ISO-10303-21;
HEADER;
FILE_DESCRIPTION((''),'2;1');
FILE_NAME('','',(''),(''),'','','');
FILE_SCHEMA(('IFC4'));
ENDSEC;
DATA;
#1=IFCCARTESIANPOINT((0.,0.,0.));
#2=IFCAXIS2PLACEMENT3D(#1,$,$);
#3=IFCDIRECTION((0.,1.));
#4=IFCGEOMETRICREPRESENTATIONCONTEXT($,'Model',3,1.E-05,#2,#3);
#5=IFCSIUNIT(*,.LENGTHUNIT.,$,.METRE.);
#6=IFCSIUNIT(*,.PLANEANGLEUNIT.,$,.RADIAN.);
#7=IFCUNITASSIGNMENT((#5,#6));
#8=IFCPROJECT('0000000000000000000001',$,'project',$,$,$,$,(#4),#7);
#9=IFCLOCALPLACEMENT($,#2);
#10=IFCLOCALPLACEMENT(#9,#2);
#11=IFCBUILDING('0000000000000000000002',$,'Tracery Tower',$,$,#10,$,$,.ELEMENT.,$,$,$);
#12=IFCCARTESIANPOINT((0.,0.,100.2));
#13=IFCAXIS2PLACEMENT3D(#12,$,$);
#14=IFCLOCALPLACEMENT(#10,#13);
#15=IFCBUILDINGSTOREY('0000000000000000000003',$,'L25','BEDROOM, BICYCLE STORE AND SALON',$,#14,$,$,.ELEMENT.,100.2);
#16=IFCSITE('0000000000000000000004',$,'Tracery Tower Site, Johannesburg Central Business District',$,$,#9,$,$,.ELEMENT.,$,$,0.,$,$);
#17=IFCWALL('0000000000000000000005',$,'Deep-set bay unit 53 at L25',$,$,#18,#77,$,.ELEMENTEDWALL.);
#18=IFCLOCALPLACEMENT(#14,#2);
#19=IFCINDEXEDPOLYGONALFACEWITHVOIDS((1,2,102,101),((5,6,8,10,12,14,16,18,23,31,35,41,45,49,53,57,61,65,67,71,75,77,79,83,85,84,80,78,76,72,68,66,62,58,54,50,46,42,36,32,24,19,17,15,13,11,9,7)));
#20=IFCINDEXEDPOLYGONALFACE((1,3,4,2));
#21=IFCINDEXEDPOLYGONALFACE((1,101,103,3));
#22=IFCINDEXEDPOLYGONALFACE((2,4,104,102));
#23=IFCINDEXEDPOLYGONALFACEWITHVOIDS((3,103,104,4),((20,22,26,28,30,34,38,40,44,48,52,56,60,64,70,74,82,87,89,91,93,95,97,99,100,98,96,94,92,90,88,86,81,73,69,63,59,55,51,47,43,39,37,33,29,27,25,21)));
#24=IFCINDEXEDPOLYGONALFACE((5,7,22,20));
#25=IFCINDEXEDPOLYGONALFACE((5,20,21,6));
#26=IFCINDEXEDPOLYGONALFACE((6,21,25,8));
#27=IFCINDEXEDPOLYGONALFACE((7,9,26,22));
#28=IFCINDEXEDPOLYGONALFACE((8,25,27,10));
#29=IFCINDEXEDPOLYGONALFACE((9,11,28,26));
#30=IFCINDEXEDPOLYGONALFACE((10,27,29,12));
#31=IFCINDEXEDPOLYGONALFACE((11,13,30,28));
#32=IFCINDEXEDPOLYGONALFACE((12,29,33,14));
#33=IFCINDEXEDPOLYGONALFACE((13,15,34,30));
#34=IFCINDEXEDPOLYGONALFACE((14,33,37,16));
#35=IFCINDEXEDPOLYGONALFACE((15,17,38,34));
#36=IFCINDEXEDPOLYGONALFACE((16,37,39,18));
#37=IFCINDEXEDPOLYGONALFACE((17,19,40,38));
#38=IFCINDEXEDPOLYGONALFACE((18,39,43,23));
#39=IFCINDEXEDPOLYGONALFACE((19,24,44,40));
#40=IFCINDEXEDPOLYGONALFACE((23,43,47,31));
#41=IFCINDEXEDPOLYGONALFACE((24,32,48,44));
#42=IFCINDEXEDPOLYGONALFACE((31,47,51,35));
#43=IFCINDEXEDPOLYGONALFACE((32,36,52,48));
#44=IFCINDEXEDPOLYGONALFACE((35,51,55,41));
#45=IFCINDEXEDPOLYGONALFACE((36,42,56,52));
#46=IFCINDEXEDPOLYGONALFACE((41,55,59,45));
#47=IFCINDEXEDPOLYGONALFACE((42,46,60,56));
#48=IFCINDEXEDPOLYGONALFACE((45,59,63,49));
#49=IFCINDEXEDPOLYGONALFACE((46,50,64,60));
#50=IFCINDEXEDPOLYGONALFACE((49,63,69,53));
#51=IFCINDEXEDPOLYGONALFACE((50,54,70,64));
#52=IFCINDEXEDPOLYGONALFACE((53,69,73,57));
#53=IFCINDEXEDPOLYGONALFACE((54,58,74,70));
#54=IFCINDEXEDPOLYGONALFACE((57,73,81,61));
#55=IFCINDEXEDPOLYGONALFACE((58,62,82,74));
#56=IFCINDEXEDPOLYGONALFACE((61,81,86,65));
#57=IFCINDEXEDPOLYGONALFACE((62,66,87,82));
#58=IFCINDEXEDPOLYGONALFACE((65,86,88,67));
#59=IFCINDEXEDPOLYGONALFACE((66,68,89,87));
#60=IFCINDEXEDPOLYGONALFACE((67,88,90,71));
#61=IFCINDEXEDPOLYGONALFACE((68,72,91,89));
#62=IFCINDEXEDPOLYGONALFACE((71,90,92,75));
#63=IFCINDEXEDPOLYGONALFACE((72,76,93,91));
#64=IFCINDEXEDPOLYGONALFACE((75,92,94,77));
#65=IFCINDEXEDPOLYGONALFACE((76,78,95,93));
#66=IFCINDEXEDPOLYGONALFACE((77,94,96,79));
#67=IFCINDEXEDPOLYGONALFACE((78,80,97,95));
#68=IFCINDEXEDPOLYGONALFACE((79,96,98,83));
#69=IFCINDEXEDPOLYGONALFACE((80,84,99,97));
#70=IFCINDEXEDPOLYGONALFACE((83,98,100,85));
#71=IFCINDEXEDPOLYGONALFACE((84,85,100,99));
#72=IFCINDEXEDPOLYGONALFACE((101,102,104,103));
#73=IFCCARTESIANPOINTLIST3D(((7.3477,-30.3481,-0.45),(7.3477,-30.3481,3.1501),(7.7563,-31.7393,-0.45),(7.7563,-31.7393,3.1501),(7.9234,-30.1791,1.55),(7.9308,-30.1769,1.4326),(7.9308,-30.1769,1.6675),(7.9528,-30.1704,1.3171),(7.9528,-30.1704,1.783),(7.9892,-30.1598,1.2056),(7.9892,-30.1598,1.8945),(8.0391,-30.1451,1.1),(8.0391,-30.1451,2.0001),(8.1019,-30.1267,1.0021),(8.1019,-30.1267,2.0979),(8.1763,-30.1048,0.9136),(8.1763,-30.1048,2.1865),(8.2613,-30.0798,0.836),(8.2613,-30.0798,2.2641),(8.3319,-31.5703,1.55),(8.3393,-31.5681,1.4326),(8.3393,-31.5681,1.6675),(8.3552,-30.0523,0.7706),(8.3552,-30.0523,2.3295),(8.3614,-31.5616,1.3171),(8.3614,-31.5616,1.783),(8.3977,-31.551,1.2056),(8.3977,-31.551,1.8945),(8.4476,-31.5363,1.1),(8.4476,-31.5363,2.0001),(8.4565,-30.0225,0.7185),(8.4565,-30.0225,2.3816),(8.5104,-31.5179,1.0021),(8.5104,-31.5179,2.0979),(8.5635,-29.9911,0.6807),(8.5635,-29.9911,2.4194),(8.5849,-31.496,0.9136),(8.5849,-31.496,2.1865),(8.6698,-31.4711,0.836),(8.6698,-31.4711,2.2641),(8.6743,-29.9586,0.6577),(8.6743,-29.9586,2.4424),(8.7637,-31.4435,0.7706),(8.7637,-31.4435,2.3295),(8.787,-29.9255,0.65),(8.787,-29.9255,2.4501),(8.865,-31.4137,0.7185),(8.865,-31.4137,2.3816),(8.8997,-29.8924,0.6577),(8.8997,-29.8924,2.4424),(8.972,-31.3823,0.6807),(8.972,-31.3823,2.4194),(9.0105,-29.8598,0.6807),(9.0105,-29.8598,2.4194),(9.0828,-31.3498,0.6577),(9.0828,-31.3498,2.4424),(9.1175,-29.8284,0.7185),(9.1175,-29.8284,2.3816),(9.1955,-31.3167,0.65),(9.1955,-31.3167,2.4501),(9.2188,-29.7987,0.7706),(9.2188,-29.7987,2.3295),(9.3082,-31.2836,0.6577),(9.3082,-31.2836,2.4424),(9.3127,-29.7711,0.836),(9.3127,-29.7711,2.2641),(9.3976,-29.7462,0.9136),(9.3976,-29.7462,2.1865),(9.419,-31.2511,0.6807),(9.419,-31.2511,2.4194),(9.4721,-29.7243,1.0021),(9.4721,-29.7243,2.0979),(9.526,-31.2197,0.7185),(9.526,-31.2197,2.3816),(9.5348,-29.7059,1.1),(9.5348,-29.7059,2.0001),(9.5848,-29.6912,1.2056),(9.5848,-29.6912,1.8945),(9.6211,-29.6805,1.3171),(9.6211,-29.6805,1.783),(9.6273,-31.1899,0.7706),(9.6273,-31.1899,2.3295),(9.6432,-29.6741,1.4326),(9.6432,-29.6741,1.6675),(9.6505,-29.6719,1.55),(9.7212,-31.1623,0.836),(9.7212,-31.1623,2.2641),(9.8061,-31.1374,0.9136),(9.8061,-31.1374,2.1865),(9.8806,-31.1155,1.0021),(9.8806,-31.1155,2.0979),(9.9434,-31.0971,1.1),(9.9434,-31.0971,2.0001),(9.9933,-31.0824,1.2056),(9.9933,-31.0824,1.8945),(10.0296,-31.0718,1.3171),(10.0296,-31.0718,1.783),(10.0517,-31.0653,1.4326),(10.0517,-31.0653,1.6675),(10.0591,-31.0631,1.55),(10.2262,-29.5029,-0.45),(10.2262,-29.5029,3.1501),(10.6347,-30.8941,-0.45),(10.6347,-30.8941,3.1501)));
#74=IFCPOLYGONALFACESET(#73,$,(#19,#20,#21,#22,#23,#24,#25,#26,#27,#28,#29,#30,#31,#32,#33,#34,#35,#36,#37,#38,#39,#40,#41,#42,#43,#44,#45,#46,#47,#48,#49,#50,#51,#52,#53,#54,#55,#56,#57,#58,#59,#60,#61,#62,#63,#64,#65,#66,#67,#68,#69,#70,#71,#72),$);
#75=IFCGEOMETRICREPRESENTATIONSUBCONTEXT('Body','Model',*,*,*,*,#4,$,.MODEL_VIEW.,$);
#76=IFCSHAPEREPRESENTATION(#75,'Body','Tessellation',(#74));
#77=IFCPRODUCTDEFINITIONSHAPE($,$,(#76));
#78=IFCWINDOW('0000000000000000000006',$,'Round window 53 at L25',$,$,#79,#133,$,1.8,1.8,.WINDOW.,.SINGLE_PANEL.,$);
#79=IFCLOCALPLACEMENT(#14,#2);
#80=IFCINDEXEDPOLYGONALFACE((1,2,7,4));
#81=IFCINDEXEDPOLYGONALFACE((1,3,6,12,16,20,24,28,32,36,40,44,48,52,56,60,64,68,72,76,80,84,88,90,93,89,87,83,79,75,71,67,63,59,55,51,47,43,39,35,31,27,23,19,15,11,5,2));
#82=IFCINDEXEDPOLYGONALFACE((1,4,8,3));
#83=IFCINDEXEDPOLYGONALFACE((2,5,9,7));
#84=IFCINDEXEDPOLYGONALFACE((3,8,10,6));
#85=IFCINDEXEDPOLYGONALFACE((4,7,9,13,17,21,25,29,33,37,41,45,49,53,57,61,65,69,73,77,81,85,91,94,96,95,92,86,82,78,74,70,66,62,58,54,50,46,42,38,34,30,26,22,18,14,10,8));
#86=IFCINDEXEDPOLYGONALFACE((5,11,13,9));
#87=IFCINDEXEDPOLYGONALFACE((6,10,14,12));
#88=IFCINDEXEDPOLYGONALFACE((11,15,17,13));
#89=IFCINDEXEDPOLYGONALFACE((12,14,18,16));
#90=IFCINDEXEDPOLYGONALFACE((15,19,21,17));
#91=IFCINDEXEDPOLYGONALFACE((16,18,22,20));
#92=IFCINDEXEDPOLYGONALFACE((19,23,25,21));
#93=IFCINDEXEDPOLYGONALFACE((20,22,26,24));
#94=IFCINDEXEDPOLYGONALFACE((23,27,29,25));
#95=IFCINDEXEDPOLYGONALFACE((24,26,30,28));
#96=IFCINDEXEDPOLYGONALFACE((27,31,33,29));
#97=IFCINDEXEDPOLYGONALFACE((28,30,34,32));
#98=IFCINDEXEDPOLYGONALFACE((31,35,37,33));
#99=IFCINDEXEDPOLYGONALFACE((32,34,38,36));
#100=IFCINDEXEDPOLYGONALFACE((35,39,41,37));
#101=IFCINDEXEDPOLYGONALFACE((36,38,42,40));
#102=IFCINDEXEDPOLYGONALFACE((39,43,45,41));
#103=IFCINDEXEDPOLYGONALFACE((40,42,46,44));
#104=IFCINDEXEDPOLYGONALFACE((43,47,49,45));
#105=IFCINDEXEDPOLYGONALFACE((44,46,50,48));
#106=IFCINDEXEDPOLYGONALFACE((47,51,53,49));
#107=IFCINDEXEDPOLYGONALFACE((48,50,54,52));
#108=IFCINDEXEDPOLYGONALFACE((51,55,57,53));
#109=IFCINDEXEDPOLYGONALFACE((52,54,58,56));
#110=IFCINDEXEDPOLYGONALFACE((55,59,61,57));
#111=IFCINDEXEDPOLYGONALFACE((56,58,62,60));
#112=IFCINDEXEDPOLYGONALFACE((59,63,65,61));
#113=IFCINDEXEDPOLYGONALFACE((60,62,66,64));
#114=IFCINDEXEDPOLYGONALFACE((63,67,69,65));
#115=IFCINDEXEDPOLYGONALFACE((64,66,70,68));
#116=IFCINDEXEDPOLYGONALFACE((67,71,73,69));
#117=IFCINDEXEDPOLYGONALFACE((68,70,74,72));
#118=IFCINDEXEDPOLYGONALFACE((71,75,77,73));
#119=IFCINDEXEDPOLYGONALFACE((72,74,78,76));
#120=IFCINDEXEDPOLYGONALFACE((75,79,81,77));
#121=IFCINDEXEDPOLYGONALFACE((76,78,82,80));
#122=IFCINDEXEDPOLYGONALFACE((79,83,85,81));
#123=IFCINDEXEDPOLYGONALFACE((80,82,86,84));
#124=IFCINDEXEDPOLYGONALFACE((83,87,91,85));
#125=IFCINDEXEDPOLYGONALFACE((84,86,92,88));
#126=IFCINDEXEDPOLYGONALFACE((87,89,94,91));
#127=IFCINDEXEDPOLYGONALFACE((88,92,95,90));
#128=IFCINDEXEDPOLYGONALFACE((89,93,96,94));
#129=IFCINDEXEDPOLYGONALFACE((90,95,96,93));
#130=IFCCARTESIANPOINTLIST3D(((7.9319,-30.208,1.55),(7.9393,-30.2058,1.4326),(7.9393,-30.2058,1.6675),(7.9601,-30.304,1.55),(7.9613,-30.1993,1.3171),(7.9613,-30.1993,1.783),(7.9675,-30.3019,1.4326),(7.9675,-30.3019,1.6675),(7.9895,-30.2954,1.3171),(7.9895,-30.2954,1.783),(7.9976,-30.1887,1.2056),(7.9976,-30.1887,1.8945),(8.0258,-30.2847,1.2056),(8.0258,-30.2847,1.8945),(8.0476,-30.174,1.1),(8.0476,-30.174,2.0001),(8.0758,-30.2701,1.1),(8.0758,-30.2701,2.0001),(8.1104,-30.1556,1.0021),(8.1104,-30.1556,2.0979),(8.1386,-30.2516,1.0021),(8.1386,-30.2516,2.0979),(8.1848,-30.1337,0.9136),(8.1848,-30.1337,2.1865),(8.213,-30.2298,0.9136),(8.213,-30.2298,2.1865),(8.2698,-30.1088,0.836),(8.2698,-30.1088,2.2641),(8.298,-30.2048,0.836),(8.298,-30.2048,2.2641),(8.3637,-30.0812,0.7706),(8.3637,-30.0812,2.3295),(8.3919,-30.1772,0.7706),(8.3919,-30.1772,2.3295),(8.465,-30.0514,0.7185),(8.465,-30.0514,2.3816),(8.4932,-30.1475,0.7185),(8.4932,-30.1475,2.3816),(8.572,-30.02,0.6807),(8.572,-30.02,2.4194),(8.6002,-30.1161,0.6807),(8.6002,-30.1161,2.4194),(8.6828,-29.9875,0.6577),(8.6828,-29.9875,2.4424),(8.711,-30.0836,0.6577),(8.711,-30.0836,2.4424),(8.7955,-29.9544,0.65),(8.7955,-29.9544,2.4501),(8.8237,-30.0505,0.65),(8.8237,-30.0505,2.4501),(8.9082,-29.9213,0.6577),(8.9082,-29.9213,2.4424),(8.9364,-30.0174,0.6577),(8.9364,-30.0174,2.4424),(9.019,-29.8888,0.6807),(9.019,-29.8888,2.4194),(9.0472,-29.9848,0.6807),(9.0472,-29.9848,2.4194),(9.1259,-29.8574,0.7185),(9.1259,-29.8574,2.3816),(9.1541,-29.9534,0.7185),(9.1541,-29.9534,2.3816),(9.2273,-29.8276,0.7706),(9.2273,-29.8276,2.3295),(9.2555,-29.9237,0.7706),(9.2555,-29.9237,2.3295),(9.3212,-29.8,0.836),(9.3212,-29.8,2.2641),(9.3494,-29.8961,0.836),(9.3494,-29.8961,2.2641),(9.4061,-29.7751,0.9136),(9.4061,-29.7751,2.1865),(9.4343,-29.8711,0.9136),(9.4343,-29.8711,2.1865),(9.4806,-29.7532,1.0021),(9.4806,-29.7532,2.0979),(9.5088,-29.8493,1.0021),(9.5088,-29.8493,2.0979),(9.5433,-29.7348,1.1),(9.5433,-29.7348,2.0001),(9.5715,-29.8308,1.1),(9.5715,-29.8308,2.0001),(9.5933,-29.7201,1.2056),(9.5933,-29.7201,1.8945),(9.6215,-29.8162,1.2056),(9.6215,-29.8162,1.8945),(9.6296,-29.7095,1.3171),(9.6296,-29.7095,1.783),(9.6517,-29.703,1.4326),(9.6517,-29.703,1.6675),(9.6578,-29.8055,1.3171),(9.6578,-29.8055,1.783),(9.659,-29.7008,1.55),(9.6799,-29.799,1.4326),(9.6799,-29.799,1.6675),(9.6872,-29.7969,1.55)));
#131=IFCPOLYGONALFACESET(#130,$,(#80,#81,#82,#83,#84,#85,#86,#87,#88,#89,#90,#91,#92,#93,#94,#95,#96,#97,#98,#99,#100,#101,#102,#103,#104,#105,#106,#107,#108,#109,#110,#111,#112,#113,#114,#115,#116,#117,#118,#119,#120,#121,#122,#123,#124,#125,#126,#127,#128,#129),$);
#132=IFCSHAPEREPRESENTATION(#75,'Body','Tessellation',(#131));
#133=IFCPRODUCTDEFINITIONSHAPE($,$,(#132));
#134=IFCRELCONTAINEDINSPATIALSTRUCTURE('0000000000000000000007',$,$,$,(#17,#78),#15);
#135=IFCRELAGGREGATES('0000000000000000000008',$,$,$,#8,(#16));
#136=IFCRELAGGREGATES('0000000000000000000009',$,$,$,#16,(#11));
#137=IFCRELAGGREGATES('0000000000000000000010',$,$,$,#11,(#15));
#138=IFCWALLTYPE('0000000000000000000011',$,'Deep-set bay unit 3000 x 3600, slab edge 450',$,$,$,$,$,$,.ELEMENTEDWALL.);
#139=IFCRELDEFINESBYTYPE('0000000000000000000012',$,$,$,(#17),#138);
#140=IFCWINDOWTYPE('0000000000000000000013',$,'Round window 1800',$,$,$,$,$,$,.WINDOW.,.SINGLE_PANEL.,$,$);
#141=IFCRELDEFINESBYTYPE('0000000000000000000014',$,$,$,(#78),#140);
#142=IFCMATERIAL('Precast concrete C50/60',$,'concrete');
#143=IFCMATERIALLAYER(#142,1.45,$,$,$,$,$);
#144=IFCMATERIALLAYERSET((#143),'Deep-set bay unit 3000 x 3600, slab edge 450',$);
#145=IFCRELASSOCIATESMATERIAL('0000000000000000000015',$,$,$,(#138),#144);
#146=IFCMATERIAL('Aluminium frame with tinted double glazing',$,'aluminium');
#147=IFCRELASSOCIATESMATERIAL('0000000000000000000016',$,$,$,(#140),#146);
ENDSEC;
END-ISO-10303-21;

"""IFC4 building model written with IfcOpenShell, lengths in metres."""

from ifc_helpers import new_model, si_unit, direction, frame, frame_2d, origin, origin_2d, place, context, subcontext, project, spatial, rectangle, circle, extrude, material, layer, layer_set, type_object, element, fill, save


model = new_model("IFC4")

# Units and contexts
model_context = context("Model", 3, precision=1e-05, world=origin(), true_north=direction((0.0, 1.0)))
body_context = subcontext(model_context, "Body", "Model", "MODEL_VIEW")
ifc_project = project(units=[si_unit("LENGTHUNIT", "METRE"), si_unit("PLANEANGLEUNIT", "RADIAN")], contexts=[model_context])

# Site, building, storey
site_placement = place(None, origin())
site = spatial("IfcSite", under=ifc_project, at=site_placement, Name="Tracery Tower Site, Johannesburg Central Business District", CompositionType="ELEMENT", RefElevation=0.0)
building_placement = place(site_placement, origin())
building = spatial("IfcBuilding", under=site, at=building_placement, Name="Tracery Tower", CompositionType="ELEMENT")
storey_placement = place(building_placement, frame((0.0, 0.0, 100.2)))
storey = spatial("IfcBuildingStorey", under=building, at=storey_placement, Name="L25", Description="BEDROOM, BICYCLE STORE AND SALON", CompositionType="ELEMENT", Elevation=100.2)

# Wall, opening, window
ifc_material_1 = material(Name="Precast concrete C50/60", Category="concrete")
ifc_layer_1 = layer(ifc_material_1, 1.45)
ifc_layer_set_1 = layer_set([ifc_layer_1], Name="Deep-set bay unit 3000 x 3600, slab edge 450")
wall_type_1 = type_object("IfcWallType", Name="Deep-set bay unit 3000 x 3600, slab edge 450", PredefinedType="ELEMENTEDWALL", material=ifc_layer_set_1)
wall_1_placement = place(storey_placement, frame((7.552, -31.0437, -0.45), z_axis=(0.0, 0.0, 1.0), x_axis=(0.95949, 0.281743, 0.0)))
wall_1 = element("IfcWall", 1, at=wall_1_placement, inside=storey, type_object=wall_type_1, Name="Deep-set bay unit 53 at L25", PredefinedType="ELEMENTEDWALL", context=body_context, shape_type="SweptSolid", body=[
    extrude(rectangle(XDim=3.0, YDim=1.45, at=frame_2d((1.5, 0.0))), origin(), (0.0, 0.0, 1.0), 3.6001),
])
opening_1_placement = place(wall_1_placement, frame((1.5, 0.0, 2.0)))
opening_1 = element("IfcOpeningElement", 2, at=opening_1_placement, cuts=wall_1, PredefinedType="OPENING", context=body_context, shape_type="SweptSolid", body=[
    extrude(circle(Radius=0.9, at=origin_2d()), frame((0.0, 0.7349, 0.0), z_axis=(0.0, -1.0, 0.0), x_axis=(1.0, 0.0, 0.0)), (0.0, 0.0, 1.0), 1.47),
])
ifc_material_2 = material(Name="Aluminium frame with tinted double glazing", Category="aluminium")
window_type = type_object("IfcWindowType", Name="Round window 1800", PartitioningType="SINGLE_PANEL", PredefinedType="WINDOW", material=ifc_material_2)
window_1_placement = place(opening_1_placement, origin())
window_1 = element("IfcWindow", 3, at=window_1_placement, inside=storey, type_object=window_type, Name="Round window 53 at L25", OverallHeight=1.8, OverallWidth=1.8, PartitioningType="SINGLE_PANEL", PredefinedType="WINDOW", context=body_context, shape_type="SweptSolid", body=[
    extrude(circle(Radius=0.9, at=origin_2d()), frame((0.0, 0.6948, 0.0), z_axis=(0.0, -1.0, 0.0), x_axis=(1.0, 0.0, 0.0)), (0.0, 0.0, 1.0), 0.1001),
])
fill(opening_1, window_1)

save(model, "model.ifc")
